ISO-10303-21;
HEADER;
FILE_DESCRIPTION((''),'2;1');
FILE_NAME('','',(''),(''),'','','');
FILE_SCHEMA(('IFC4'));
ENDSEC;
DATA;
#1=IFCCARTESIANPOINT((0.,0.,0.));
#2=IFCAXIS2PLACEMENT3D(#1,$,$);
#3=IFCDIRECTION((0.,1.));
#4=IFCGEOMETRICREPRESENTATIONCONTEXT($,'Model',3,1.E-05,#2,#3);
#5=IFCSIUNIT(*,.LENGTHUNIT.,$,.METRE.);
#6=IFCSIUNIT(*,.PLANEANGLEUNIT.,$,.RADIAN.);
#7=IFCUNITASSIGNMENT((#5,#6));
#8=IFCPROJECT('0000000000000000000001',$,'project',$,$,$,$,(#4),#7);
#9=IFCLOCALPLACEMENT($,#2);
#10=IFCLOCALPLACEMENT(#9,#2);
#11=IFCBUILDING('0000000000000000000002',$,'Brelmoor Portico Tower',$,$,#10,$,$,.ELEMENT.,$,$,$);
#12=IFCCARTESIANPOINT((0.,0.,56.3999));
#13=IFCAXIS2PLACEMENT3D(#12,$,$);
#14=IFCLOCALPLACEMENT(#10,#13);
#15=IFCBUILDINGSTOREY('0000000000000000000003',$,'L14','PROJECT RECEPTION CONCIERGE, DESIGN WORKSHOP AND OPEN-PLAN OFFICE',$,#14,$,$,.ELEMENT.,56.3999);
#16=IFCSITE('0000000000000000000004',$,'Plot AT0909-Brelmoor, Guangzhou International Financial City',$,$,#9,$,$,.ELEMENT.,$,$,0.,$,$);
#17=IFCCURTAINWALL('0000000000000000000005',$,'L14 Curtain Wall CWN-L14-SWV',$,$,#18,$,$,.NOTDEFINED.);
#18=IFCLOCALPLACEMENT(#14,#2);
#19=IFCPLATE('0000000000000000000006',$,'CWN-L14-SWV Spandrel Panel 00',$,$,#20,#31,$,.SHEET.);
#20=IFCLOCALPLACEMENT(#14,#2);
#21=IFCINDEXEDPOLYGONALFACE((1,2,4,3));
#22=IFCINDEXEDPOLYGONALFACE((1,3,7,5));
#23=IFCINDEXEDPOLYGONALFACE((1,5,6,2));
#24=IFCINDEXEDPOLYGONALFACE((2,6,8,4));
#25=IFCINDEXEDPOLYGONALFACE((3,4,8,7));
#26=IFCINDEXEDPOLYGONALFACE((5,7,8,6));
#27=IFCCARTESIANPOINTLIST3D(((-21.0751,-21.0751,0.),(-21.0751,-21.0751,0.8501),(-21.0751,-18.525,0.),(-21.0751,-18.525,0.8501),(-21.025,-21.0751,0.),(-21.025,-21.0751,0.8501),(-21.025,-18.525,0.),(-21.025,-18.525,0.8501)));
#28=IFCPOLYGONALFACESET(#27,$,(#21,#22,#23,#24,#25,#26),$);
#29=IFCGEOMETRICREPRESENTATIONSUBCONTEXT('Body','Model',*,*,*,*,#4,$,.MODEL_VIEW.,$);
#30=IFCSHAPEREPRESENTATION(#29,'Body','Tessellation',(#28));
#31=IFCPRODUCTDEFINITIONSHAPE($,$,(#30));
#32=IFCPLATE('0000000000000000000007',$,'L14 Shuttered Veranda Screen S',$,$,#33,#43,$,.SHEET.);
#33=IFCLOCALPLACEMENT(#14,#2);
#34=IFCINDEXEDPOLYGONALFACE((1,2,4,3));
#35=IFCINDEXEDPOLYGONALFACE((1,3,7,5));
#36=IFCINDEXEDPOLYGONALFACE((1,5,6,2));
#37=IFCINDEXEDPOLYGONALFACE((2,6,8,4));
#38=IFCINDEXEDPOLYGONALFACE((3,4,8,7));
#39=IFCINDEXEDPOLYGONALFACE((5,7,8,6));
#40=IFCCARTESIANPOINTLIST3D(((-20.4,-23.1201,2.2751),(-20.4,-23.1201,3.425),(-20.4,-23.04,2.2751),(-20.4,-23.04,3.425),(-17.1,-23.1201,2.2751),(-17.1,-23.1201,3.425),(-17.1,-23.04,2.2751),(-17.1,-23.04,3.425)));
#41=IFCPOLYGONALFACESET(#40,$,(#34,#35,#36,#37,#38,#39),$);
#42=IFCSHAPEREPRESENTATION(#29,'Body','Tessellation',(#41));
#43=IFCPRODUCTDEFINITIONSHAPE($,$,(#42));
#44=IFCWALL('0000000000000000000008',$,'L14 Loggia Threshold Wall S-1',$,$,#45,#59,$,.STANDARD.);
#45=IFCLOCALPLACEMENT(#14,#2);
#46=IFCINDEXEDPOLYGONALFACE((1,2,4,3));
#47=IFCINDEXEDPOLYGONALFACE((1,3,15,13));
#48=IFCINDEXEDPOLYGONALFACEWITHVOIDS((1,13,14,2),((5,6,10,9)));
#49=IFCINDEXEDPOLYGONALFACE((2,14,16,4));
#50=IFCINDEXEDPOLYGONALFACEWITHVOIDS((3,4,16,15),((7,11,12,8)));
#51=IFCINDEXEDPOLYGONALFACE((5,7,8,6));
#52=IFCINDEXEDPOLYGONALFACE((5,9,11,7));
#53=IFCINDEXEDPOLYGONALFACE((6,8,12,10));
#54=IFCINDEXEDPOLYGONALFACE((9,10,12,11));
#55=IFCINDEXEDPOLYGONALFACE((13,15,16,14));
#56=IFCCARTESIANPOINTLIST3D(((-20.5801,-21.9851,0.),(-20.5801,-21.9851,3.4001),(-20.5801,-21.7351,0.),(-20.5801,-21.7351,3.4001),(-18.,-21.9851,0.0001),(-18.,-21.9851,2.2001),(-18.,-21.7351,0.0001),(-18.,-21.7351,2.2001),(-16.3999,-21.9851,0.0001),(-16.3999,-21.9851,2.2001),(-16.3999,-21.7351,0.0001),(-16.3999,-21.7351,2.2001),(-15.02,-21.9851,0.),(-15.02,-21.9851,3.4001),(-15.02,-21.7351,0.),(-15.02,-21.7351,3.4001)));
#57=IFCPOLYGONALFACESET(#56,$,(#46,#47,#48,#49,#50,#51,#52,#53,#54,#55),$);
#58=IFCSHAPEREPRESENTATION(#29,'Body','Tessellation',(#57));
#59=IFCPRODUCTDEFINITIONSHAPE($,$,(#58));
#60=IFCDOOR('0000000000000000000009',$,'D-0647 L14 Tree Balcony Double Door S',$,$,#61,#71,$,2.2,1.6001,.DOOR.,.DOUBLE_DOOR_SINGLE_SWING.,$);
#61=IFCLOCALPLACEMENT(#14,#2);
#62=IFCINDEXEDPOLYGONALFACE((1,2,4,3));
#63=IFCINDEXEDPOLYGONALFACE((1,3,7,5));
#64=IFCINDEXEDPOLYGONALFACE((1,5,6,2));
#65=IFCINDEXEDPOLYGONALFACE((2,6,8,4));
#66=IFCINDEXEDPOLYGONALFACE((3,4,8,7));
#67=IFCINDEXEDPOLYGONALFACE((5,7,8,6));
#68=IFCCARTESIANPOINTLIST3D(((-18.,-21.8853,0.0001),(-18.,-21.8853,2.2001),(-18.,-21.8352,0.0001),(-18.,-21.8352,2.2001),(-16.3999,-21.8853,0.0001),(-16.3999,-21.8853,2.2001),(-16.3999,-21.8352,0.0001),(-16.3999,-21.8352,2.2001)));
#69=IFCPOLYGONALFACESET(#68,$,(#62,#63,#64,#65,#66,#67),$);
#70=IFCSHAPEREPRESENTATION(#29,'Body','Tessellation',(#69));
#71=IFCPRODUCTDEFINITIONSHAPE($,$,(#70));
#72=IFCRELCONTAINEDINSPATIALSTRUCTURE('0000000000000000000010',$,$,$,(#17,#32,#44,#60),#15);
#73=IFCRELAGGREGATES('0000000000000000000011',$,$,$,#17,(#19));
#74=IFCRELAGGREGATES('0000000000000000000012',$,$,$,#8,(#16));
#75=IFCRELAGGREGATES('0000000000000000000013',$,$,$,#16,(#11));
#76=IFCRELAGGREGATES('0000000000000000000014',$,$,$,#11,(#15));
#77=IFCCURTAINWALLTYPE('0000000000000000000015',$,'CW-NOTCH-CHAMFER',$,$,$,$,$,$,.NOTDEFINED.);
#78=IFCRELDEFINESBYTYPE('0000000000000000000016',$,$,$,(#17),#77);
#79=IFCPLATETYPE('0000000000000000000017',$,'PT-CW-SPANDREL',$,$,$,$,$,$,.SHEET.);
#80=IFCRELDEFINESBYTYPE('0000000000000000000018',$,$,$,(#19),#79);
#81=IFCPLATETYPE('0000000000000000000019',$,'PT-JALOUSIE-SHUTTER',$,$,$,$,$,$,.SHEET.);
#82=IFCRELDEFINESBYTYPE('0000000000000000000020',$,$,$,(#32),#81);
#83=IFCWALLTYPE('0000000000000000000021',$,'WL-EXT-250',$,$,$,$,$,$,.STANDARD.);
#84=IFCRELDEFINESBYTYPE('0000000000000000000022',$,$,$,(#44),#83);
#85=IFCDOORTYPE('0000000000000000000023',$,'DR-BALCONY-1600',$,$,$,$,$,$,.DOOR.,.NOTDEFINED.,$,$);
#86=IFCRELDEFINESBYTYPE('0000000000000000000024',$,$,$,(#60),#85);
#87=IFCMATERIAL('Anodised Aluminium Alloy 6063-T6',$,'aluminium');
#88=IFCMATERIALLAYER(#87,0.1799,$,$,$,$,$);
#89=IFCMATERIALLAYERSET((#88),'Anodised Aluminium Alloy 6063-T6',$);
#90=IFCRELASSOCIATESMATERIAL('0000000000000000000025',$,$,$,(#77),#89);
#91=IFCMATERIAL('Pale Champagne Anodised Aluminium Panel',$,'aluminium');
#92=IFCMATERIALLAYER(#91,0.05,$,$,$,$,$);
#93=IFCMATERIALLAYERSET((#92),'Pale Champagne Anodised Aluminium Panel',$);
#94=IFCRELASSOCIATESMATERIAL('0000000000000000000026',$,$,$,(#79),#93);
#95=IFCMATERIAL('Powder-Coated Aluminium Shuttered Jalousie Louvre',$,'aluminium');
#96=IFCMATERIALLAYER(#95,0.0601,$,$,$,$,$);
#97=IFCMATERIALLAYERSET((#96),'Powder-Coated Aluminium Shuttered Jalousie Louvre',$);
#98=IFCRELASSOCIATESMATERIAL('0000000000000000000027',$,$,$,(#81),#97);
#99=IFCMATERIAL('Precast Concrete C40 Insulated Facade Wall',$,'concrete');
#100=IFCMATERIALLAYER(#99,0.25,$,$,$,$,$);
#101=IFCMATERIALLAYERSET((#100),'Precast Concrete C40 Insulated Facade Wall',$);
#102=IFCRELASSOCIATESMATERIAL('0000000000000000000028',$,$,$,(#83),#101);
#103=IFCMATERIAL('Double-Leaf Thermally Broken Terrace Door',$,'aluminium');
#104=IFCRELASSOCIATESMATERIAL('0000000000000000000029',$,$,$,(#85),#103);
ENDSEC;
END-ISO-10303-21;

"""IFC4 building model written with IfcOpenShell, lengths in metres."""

from ifc_helpers import new_model, si_unit, direction, frame, frame_2d, origin, origin_2d, place, context, subcontext, project, spatial, rectangle, extrude, material, layer, layer_set, type_object, element, fill, aggregate, save


model = new_model("IFC4")

# Units and contexts
model_context = context("Model", 3, precision=1e-05, world=origin(), true_north=direction((0.0, 1.0)))
body_context = subcontext(model_context, "Body", "Model", "MODEL_VIEW")
ifc_project = project(units=[si_unit("LENGTHUNIT", "METRE"), si_unit("PLANEANGLEUNIT", "RADIAN")], contexts=[model_context])

# Site, building, storey
site_placement = place(None, origin())
site = spatial("IfcSite", under=ifc_project, at=site_placement, Name="Plot AT0909-Brelmoor, Guangzhou International Financial City", CompositionType="ELEMENT", RefElevation=0.0)
building_placement = place(site_placement, origin())
building = spatial("IfcBuilding", under=site, at=building_placement, Name="Brelmoor Portico Tower", CompositionType="ELEMENT")
storey_placement = place(building_placement, frame((0.0, 0.0, 56.3999)))
storey = spatial("IfcBuildingStorey", under=building, at=storey_placement, Name="L14", Description="PROJECT RECEPTION CONCIERGE, DESIGN WORKSHOP AND OPEN-PLAN OFFICE", CompositionType="ELEMENT", Elevation=56.3999)

# Shared definitions
ifc_material_1 = material(Name="Anodised Aluminium Alloy 6063-T6", Category="aluminium")
ifc_layer_1 = layer(ifc_material_1, 0.1799)
ifc_layer_set_1 = layer_set([ifc_layer_1], Name="Anodised Aluminium Alloy 6063-T6")
curtain_wall_type = type_object("IfcCurtainWallType", Name="CW-NOTCH-CHAMFER", PredefinedType="NOTDEFINED", material=ifc_layer_set_1)

# Curtain wall
curtain_wall_1_placement = place(storey_placement, origin())
curtain_wall_1 = element("IfcCurtainWall", 1, at=curtain_wall_1_placement, inside=storey, type_object=curtain_wall_type, Name="L14 Curtain Wall CWN-L14-SWV", PredefinedType="NOTDEFINED")

# Plates
ifc_material_2 = material(Name="Pale Champagne Anodised Aluminium Panel", Category="aluminium")
ifc_layer_2 = layer(ifc_material_2, 0.05)
ifc_layer_set_2 = layer_set([ifc_layer_2], Name="Pale Champagne Anodised Aluminium Panel")
plate_type_1 = type_object("IfcPlateType", Name="PT-CW-SPANDREL", PredefinedType="SHEET", material=ifc_layer_set_2)
plate_1_placement = place(storey_placement, frame((-21.05, -19.8, 0.0), z_axis=(0.0, 0.0, 1.0), x_axis=(0.0, 1.0, 0.0)))
plate_1 = element("IfcPlate", 2, at=plate_1_placement, type_object=plate_type_1, Name="CWN-L14-SWV Spandrel Panel 00", PredefinedType="SHEET", context=body_context, shape_type="SweptSolid", body=[
    extrude(rectangle(XDim=2.55, YDim=0.05, at=origin_2d()), origin(), (0.0, 0.0, 1.0), 0.8501),
])
aggregate(curtain_wall_1, [plate_1])
ifc_material_3 = material(Name="Powder-Coated Aluminium Shuttered Jalousie Louvre", Category="aluminium")
ifc_layer_3 = layer(ifc_material_3, 0.0601)
ifc_layer_set_3 = layer_set([ifc_layer_3], Name="Powder-Coated Aluminium Shuttered Jalousie Louvre")
plate_type_2 = type_object("IfcPlateType", Name="PT-JALOUSIE-SHUTTER", PredefinedType="SHEET", material=ifc_layer_set_3)
plate_2_placement = place(storey_placement, frame((-18.75, -23.0801, 2.2751), z_axis=(0.0, 0.0, 1.0), x_axis=(1.0, 0.0, 0.0)))
element("IfcPlate", 3, at=plate_2_placement, inside=storey, type_object=plate_type_2, Name="L14 Shuttered Veranda Screen S", PredefinedType="SHEET", context=body_context, shape_type="SweptSolid", body=[
    extrude(rectangle(XDim=3.3, YDim=0.0801, at=origin_2d()), origin(), (0.0, 0.0, 1.0), 1.1499),
])

# Wall, opening, door
ifc_material_4 = material(Name="Precast Concrete C40 Insulated Facade Wall", Category="concrete")
ifc_layer_4 = layer(ifc_material_4, 0.25)
ifc_layer_set_4 = layer_set([ifc_layer_4], Name="Precast Concrete C40 Insulated Facade Wall")
wall_type = type_object("IfcWallType", Name="WL-EXT-250", PredefinedType="STANDARD", material=ifc_layer_set_4)
wall_placement = place(storey_placement, frame((-20.5801, -21.8601, 0.0), z_axis=(0.0, 0.0, 1.0), x_axis=(1.0, 0.0, 0.0)))
wall = element("IfcWall", 4, at=wall_placement, inside=storey, type_object=wall_type, Name="L14 Loggia Threshold Wall S-1", PredefinedType="STANDARD", context=body_context, shape_type="SweptSolid", body=[
    extrude(rectangle(XDim=5.5601, YDim=0.25, at=frame_2d((2.78, 0.0))), origin(), (0.0, 0.0, 1.0), 3.4001),
])
opening_placement = place(wall_placement, frame((2.5801, 0.0, 0.0)))
opening = element("IfcOpeningElement", 5, at=opening_placement, cuts=wall, PredefinedType="OPENING", context=body_context, shape_type="SweptSolid", body=[
    extrude(rectangle(XDim=1.6001, YDim=2.2, at=frame_2d((0.8, 1.1001))), frame((0.0, 0.135, 0.0), z_axis=(0.0, -1.0, 0.0), x_axis=(1.0, 0.0, 0.0)), (0.0, 0.0, 1.0), 0.27),
])
ifc_material_5 = material(Name="Double-Leaf Thermally Broken Terrace Door", Category="aluminium")
door_type = type_object("IfcDoorType", Name="DR-BALCONY-1600", OperationType="NOTDEFINED", PredefinedType="DOOR", material=ifc_material_5)
door_placement = place(opening_placement, origin())
door = element("IfcDoor", 6, at=door_placement, inside=storey, type_object=door_type, Name="D-0647 L14 Tree Balcony Double Door S", OperationType="DOUBLE_DOOR_SINGLE_SWING", OverallHeight=2.2, OverallWidth=1.6001, PredefinedType="DOOR", context=body_context, shape_type="SweptSolid", body=[
    extrude(rectangle(XDim=1.6001, YDim=2.2, at=frame_2d((0.8, 1.1001))), frame((0.0, 0.0249, 0.0), z_axis=(0.0, -1.0, 0.0), x_axis=(1.0, 0.0, 0.0)), (0.0, 0.0, 1.0), 0.05),
])
fill(opening, door)

save(model, "model.ifc")
